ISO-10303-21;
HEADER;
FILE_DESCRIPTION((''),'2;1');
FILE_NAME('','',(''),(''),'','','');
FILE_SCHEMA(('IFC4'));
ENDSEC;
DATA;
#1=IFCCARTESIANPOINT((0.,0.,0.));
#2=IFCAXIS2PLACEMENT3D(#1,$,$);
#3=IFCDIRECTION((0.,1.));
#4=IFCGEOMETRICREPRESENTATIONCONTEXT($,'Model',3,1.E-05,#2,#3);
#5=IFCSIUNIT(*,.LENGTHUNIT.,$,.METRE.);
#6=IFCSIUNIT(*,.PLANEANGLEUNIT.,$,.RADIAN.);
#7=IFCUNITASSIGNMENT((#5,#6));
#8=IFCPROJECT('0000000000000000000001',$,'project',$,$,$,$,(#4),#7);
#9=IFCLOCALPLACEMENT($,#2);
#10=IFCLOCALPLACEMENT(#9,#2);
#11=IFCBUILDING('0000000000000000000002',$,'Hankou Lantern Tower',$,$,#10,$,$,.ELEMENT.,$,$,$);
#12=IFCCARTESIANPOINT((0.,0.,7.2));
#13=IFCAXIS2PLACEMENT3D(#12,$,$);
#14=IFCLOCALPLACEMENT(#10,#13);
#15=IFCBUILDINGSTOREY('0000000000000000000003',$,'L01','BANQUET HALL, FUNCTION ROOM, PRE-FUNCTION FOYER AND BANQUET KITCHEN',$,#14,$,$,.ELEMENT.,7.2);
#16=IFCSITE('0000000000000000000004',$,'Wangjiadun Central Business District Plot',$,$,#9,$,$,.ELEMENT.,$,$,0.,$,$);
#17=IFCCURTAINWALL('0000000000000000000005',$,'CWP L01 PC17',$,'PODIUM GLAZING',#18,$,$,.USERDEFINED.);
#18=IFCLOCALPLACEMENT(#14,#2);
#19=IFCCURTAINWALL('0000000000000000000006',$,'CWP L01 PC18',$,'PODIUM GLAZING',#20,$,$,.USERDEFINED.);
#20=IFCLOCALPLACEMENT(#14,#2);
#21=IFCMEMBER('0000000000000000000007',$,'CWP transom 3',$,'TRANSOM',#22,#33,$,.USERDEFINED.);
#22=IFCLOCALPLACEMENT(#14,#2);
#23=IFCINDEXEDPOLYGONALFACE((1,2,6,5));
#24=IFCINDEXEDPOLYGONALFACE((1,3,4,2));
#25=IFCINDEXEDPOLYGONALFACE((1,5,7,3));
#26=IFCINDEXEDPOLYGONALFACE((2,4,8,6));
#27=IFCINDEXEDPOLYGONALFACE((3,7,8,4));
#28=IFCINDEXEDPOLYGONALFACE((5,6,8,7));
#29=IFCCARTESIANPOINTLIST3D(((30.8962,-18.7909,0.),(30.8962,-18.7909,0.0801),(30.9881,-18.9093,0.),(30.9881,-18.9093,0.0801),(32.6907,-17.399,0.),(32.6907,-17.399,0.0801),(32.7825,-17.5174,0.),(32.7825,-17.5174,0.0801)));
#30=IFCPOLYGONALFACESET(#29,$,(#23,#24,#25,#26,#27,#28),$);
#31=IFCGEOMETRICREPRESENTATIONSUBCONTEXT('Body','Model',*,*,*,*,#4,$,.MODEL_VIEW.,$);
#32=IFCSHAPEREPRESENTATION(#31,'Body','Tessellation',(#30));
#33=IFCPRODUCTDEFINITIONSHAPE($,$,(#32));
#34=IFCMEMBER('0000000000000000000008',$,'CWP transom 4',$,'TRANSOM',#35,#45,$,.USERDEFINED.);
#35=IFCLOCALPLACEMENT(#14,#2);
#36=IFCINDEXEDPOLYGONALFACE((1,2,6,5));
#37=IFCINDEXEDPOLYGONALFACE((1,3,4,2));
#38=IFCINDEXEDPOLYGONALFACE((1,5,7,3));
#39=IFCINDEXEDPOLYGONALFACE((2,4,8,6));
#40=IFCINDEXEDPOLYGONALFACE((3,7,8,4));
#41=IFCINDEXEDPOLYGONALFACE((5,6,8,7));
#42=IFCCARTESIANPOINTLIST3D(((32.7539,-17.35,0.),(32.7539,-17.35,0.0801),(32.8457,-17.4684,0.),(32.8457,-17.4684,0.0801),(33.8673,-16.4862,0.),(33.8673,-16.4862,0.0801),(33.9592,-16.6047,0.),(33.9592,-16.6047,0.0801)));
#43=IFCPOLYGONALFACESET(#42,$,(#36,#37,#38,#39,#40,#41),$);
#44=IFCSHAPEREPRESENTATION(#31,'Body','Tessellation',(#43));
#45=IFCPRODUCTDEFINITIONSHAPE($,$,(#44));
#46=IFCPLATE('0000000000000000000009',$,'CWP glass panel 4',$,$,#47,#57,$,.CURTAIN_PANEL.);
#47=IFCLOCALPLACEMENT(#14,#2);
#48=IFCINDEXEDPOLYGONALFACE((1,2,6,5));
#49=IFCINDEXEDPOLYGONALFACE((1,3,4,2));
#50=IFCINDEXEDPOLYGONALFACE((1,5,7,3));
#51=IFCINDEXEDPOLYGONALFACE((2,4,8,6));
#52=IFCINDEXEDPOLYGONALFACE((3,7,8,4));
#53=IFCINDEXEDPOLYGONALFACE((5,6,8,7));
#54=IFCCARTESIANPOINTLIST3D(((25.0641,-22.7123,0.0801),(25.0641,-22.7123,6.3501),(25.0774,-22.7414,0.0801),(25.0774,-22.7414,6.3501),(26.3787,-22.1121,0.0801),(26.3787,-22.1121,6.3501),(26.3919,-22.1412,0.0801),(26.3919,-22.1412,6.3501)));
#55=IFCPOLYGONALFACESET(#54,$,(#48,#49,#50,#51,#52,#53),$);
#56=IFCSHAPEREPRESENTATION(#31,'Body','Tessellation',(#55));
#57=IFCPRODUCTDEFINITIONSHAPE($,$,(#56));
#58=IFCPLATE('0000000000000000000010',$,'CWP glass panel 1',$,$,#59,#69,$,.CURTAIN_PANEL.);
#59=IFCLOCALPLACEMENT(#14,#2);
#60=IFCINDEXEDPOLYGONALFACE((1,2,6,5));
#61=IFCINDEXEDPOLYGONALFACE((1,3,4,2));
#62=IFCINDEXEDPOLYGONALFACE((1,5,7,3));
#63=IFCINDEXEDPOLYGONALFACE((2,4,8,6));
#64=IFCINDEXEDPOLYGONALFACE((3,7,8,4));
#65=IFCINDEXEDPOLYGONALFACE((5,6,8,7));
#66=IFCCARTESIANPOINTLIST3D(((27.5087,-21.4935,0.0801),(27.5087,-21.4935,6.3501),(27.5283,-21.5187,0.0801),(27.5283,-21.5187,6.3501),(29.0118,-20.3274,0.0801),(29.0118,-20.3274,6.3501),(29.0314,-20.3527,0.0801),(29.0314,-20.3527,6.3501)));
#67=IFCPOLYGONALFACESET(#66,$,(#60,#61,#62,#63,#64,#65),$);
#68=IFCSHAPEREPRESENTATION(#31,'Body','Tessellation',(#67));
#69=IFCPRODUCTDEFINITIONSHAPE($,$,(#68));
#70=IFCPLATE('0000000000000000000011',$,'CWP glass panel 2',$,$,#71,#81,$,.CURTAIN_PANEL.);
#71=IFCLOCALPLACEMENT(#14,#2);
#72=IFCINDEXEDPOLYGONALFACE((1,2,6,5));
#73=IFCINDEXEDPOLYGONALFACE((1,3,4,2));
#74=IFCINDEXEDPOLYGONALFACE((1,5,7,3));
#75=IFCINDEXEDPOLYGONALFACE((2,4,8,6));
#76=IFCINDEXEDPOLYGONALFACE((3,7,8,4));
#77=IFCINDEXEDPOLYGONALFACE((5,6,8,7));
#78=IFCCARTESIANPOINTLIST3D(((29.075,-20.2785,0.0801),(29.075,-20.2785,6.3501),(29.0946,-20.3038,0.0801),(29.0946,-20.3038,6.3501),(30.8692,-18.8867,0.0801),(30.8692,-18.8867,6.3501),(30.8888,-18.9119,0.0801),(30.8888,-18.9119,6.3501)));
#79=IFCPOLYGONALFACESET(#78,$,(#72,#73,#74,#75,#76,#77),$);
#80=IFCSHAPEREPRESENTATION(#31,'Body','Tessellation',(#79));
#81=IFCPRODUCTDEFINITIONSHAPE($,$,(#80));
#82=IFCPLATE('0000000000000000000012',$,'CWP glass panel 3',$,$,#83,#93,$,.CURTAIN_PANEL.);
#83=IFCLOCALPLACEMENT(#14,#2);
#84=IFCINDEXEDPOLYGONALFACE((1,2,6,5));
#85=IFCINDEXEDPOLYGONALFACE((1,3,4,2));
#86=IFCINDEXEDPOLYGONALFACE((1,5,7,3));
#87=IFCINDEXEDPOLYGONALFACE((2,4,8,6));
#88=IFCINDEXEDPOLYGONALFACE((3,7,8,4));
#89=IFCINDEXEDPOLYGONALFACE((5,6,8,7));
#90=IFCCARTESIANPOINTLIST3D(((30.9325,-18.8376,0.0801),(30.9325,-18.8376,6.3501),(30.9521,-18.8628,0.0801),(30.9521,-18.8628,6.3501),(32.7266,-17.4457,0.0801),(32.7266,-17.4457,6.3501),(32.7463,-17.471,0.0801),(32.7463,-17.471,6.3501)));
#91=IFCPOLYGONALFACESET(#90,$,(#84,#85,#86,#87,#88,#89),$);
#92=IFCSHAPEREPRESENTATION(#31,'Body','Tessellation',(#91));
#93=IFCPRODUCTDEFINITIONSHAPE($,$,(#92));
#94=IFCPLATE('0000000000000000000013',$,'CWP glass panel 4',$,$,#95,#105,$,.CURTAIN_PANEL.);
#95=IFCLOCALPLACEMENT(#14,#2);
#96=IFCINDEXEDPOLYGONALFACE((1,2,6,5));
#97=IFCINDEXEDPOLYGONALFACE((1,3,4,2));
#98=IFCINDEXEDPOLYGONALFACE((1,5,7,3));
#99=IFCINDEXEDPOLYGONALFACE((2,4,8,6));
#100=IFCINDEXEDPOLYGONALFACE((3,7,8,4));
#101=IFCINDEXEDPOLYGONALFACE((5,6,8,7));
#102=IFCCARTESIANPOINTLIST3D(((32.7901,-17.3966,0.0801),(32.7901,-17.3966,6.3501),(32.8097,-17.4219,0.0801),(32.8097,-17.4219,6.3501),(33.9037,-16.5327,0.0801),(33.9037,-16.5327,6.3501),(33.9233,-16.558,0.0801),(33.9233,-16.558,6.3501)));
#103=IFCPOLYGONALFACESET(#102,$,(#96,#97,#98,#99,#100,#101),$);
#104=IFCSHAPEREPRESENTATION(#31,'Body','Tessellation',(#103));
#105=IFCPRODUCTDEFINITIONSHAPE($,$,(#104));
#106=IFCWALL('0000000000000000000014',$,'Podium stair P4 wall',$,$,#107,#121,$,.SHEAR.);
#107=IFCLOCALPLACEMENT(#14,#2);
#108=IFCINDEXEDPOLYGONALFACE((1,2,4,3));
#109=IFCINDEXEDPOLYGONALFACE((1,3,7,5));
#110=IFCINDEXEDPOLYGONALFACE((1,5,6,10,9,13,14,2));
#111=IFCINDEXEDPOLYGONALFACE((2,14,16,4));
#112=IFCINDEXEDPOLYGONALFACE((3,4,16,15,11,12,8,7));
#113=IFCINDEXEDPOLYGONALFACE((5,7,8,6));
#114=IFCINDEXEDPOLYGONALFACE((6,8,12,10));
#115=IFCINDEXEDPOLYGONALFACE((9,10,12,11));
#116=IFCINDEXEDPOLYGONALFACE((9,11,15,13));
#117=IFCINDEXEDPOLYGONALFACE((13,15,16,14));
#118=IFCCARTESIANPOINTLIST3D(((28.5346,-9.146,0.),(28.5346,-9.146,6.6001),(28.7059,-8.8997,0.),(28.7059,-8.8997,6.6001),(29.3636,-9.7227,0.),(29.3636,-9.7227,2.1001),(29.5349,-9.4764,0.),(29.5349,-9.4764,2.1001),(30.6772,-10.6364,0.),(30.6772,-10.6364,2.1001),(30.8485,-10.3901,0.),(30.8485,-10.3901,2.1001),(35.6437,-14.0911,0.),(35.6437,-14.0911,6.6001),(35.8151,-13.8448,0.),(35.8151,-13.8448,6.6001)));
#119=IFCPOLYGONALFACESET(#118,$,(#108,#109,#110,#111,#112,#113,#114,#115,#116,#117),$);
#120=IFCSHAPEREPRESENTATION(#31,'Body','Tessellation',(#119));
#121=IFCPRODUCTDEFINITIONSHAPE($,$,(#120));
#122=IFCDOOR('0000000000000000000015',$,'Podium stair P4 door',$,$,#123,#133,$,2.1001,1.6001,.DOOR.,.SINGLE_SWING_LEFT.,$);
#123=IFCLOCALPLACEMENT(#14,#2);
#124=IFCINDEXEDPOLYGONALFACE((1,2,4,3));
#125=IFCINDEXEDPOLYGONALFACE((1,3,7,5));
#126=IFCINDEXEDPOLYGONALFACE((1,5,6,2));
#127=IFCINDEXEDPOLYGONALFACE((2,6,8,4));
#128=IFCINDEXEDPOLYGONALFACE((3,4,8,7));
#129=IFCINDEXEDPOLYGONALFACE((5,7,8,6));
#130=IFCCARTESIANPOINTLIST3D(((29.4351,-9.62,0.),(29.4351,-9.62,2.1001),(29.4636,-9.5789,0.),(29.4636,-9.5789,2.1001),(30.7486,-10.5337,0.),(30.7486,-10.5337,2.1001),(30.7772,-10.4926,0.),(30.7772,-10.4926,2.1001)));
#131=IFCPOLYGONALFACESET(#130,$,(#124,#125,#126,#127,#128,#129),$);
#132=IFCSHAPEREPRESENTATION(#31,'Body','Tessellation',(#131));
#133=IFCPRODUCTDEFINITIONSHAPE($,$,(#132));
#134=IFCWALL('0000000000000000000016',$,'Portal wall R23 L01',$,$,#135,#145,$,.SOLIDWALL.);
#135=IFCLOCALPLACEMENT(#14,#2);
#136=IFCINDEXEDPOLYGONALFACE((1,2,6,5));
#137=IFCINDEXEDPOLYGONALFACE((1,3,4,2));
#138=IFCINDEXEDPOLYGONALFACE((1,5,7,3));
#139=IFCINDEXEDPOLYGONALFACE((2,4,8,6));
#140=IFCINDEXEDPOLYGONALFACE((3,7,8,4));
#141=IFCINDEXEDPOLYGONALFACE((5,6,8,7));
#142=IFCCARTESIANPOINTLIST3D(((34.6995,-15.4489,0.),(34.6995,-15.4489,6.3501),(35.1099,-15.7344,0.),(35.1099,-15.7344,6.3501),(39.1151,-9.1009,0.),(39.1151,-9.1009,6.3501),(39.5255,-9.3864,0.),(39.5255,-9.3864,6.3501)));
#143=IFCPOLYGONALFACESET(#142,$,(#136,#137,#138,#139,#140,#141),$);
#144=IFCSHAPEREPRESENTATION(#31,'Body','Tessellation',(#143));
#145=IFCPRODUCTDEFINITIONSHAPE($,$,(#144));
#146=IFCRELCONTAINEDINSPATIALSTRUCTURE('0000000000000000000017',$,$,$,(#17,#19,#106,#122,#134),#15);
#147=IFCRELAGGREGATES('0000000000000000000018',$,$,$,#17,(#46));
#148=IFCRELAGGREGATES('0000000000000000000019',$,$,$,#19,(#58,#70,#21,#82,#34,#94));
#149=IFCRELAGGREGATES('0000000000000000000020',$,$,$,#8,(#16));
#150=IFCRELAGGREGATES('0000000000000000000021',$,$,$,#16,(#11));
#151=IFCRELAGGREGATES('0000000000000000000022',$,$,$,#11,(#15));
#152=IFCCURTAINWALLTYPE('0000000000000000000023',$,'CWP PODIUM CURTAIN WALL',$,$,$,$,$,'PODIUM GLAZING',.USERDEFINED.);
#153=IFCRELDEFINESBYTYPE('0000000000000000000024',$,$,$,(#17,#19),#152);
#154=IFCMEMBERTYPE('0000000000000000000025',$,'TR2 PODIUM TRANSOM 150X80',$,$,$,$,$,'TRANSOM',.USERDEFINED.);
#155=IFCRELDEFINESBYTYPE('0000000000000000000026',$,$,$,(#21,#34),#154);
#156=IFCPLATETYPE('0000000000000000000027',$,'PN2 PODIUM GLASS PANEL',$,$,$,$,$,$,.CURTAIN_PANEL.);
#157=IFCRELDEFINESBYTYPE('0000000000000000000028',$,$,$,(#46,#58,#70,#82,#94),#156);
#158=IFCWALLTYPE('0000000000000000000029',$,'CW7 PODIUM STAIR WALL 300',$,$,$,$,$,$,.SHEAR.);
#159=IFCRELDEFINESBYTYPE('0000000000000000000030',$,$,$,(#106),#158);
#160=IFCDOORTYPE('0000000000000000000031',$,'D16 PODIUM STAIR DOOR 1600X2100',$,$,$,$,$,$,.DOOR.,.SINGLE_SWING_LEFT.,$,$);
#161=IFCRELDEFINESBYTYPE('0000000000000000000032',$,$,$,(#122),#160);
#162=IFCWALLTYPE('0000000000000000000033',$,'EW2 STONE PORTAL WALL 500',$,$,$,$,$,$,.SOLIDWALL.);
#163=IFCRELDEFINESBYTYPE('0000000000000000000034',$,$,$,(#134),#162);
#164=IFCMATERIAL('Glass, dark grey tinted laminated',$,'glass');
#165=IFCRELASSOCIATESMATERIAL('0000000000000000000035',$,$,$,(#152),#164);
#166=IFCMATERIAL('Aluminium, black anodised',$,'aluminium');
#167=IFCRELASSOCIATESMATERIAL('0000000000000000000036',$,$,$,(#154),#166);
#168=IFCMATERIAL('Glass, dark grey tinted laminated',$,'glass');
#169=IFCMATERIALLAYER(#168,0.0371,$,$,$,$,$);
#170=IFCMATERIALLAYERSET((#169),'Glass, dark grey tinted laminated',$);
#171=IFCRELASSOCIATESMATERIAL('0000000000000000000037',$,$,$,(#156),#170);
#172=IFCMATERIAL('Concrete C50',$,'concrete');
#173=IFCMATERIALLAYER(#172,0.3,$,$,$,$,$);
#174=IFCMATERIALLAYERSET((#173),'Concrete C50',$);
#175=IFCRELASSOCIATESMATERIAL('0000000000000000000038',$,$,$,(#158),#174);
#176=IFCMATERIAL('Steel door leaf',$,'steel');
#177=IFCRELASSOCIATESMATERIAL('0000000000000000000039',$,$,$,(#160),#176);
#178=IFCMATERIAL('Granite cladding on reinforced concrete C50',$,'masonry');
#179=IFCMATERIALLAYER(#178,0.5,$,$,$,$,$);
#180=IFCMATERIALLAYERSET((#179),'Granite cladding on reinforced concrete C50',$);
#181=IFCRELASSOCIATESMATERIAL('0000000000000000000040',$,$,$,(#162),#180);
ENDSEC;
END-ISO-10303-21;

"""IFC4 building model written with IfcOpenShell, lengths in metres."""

from ifc_helpers import new_model, si_unit, direction, frame, frame_2d, origin, origin_2d, place, context, subcontext, project, spatial, rectangle, extrude, material, layer, layer_set, material_profile, profile_set, type_object, element, fill, aggregate, save


model = new_model("IFC4")

# Units and contexts
model_context = context("Model", 3, precision=1e-05, world=origin(), true_north=direction((0.0, 1.0)))
body_context = subcontext(model_context, "Body", "Model", "MODEL_VIEW")
ifc_project = project(units=[si_unit("LENGTHUNIT", "METRE"), si_unit("PLANEANGLEUNIT", "RADIAN")], contexts=[model_context])

# Site, building, storey
site_placement = place(None, origin())
site = spatial("IfcSite", under=ifc_project, at=site_placement, Name="Wangjiadun Central Business District Plot", CompositionType="ELEMENT", RefElevation=0.0)
building_placement = place(site_placement, origin())
building = spatial("IfcBuilding", under=site, at=building_placement, Name="Hankou Lantern Tower", CompositionType="ELEMENT")
storey_placement = place(building_placement, frame((0.0, 0.0, 7.2)))
storey = spatial("IfcBuildingStorey", under=building, at=storey_placement, Name="L01", Description="BANQUET HALL, FUNCTION ROOM, PRE-FUNCTION FOYER AND BANQUET KITCHEN", CompositionType="ELEMENT", Elevation=7.2)

# Curtain walls
ifc_material_1 = material(Name="Glass, dark grey tinted laminated", Category="glass")
curtain_wall_type = type_object("IfcCurtainWallType", Name="CWP PODIUM CURTAIN WALL", ElementType="PODIUM GLAZING", PredefinedType="USERDEFINED", material=ifc_material_1)
curtain_wall_1_placement = place(storey_placement, origin())
curtain_wall_1 = element("IfcCurtainWall", 1, at=curtain_wall_1_placement, inside=storey, type_object=curtain_wall_type, Name="CWP L01 PC17", ObjectType="PODIUM GLAZING", PredefinedType="USERDEFINED")
curtain_wall_2_placement = place(storey_placement, origin())
curtain_wall_2 = element("IfcCurtainWall", 2, at=curtain_wall_2_placement, inside=storey, type_object=curtain_wall_type, Name="CWP L01 PC18", ObjectType="PODIUM GLAZING", PredefinedType="USERDEFINED")

# Members
ifc_material_2 = material(Name="Aluminium, black anodised", Category="aluminium")
ifc_material_profile_1 = material_profile(ifc_material_2, rectangle(XDim=0.1499, YDim=0.0801, at=origin_2d()), Name="TR2 150X80")
ifc_profile_set_1 = profile_set([ifc_material_profile_1], Name="Aluminium, black anodised")
member_type_1 = type_object("IfcMemberType", Name="TR2 PODIUM TRANSOM 150X80", ElementType="TRANSOM", PredefinedType="USERDEFINED", material=ifc_profile_set_1)
member_1_placement = place(storey_placement, frame((30.9421, -18.8501, 0.04), z_axis=(0.790168, 0.612891, 0.0), x_axis=(-0.612891, 0.790168, 0.0)))
member_1 = element("IfcMember", 3, at=member_1_placement, type_object=member_type_1, Name="CWP transom 3", ObjectType="TRANSOM", PredefinedType="USERDEFINED", context=body_context, shape_type="SweptSolid", body=[
    extrude(rectangle(XDim=0.1499, YDim=0.0801, at=origin_2d()), origin(), (0.0, 0.0, 1.0), 2.271),
])
member_2_placement = place(storey_placement, frame((32.7998, -17.4092, 0.04), z_axis=(0.790144, 0.612921, 0.0), x_axis=(-0.612921, 0.790144, 0.0)))
member_2 = element("IfcMember", 4, at=member_2_placement, type_object=member_type_1, Name="CWP transom 4", ObjectType="TRANSOM", PredefinedType="USERDEFINED", context=body_context, shape_type="SweptSolid", body=[
    extrude(rectangle(XDim=0.1499, YDim=0.0801, at=origin_2d()), origin(), (0.0, 0.0, 1.0), 1.4092),
])

# Plates
ifc_material_3 = material(Name="Glass, dark grey tinted laminated", Category="glass")
ifc_layer_1 = layer(ifc_material_3, 0.0371)
ifc_layer_set_1 = layer_set([ifc_layer_1], Name="Glass, dark grey tinted laminated")
plate_type = type_object("IfcPlateType", Name="PN2 PODIUM GLASS PANEL", PredefinedType="CURTAIN_PANEL", material=ifc_layer_set_1)
plate_1_placement = place(storey_placement, frame((25.728, -22.4268, 0.0801), z_axis=(0.0, 0.0, 1.0), x_axis=(0.90967, 0.415332, 0.0)))
plate_1 = element("IfcPlate", 5, at=plate_1_placement, type_object=plate_type, Name="CWP glass panel 4", PredefinedType="CURTAIN_PANEL", context=body_context, shape_type="SweptSolid", body=[
    extrude(rectangle(XDim=1.4451, YDim=0.032, at=origin_2d()), origin(), (0.0, 0.0, 1.0), 6.27),
])
aggregate(curtain_wall_1, [plate_1])
plate_2_placement = place(storey_placement, frame((28.27, -20.9231, 0.0801), z_axis=(0.0, 0.0, 1.0), x_axis=(0.79013, 0.61294, 0.0)))
plate_2 = element("IfcPlate", 6, at=plate_2_placement, type_object=plate_type, Name="CWP glass panel 1", PredefinedType="CURTAIN_PANEL", context=body_context, shape_type="SweptSolid", body=[
    extrude(rectangle(XDim=1.9023, YDim=0.032, at=origin_2d()), origin(), (0.0, 0.0, 1.0), 6.27),
])
plate_3_placement = place(storey_placement, frame((29.9819, -19.5952, 0.0801), z_axis=(0.0, 0.0, 1.0), x_axis=(0.79013, 0.61294, 0.0)))
plate_3 = element("IfcPlate", 7, at=plate_3_placement, type_object=plate_type, Name="CWP glass panel 2", PredefinedType="CURTAIN_PANEL", context=body_context, shape_type="SweptSolid", body=[
    extrude(rectangle(XDim=2.2708, YDim=0.032, at=origin_2d()), origin(), (0.0, 0.0, 1.0), 6.27),
])
plate_4_placement = place(storey_placement, frame((31.8394, -18.1543, 0.0801), z_axis=(0.0, 0.0, 1.0), x_axis=(0.79013, 0.61294, 0.0)))
plate_4 = element("IfcPlate", 8, at=plate_4_placement, type_object=plate_type, Name="CWP glass panel 3", PredefinedType="CURTAIN_PANEL", context=body_context, shape_type="SweptSolid", body=[
    extrude(rectangle(XDim=2.2708, YDim=0.032, at=origin_2d()), origin(), (0.0, 0.0, 1.0), 6.27),
])
plate_5_placement = place(storey_placement, frame((33.3567, -16.9773, 0.0801), z_axis=(0.0, 0.0, 1.0), x_axis=(0.79013, 0.61294, 0.0)))
plate_5 = element("IfcPlate", 9, at=plate_5_placement, type_object=plate_type, Name="CWP glass panel 4", PredefinedType="CURTAIN_PANEL", context=body_context, shape_type="SweptSolid", body=[
    extrude(rectangle(XDim=1.4094, YDim=0.032, at=origin_2d()), origin(), (0.0, 0.0, 1.0), 6.27),
])
aggregate(curtain_wall_2, [plate_2, plate_3, member_1, plate_4, member_2, plate_5])

# Wall, opening, door
ifc_material_4 = material(Name="Concrete C50", Category="concrete")
ifc_layer_2 = layer(ifc_material_4, 0.3)
ifc_layer_set_2 = layer_set([ifc_layer_2], Name="Concrete C50")
wall_type_1 = type_object("IfcWallType", Name="CW7 PODIUM STAIR WALL 300", PredefinedType="SHEAR", material=ifc_layer_set_2)
wall_1_placement = place(storey_placement, frame((35.7295, -13.968, 0.0), z_axis=(0.0, 0.0, 1.0), x_axis=(-0.820928, 0.571032, 0.0)))
wall_1 = element("IfcWall", 10, at=wall_1_placement, inside=storey, type_object=wall_type_1, Name="Podium stair P4 wall", PredefinedType="SHEAR", context=body_context, shape_type="SweptSolid", body=[
    extrude(rectangle(XDim=8.6599, YDim=0.3, at=frame_2d((4.3301, 0.0))), origin(), (0.0, 0.0, 1.0), 6.6001),
])
opening_placement = place(wall_1_placement, frame((6.05, 0.0, 0.0)))
opening = element("IfcOpeningElement", 11, at=opening_placement, cuts=wall_1, PredefinedType="OPENING", context=body_context, shape_type="SweptSolid", body=[
    extrude(rectangle(XDim=1.6001, YDim=2.1001, at=frame_2d((0.8, 1.05))), frame((0.0, 0.1599, 0.0), z_axis=(0.0, -1.0, 0.0), x_axis=(1.0, 0.0, 0.0)), (0.0, 0.0, 1.0), 0.3201),
])
ifc_material_5 = material(Name="Steel door leaf", Category="steel")
door_type = type_object("IfcDoorType", Name="D16 PODIUM STAIR DOOR 1600X2100", OperationType="SINGLE_SWING_LEFT", PredefinedType="DOOR", material=ifc_material_5)
door_placement = place(opening_placement, origin())
door = element("IfcDoor", 12, at=door_placement, inside=storey, type_object=door_type, Name="Podium stair P4 door", OperationType="SINGLE_SWING_LEFT", OverallHeight=2.1001, OverallWidth=1.6001, PredefinedType="DOOR", context=body_context, shape_type="SweptSolid", body=[
    extrude(rectangle(XDim=1.6001, YDim=2.1001, at=frame_2d((0.8, 1.05))), frame((0.0, 0.0249, 0.0), z_axis=(0.0, -1.0, 0.0), x_axis=(1.0, 0.0, 0.0)), (0.0, 0.0, 1.0), 0.05),
])
fill(opening, door)

# Wall
ifc_material_6 = material(Name="Granite cladding on reinforced concrete C50", Category="masonry")
ifc_layer_3 = layer(ifc_material_6, 0.5)
ifc_layer_set_3 = layer_set([ifc_layer_3], Name="Granite cladding on reinforced concrete C50")
wall_type_2 = type_object("IfcWallType", Name="EW2 STONE PORTAL WALL 500", PredefinedType="SOLIDWALL", material=ifc_layer_set_3)
wall_2_placement = place(storey_placement, frame((34.9048, -15.5916, 0.0), z_axis=(0.0, 0.0, 1.0), x_axis=(0.571029, 0.82093, 0.0)))
element("IfcWall", 13, at=wall_2_placement, inside=storey, type_object=wall_type_2, Name="Portal wall R23 L01", PredefinedType="SOLIDWALL", context=body_context, shape_type="SweptSolid", body=[
    extrude(rectangle(XDim=7.7327, YDim=0.5, at=frame_2d((3.8662, 0.0))), origin(), (0.0, 0.0, 1.0), 6.3501),
])

save(model, "model.ifc")
